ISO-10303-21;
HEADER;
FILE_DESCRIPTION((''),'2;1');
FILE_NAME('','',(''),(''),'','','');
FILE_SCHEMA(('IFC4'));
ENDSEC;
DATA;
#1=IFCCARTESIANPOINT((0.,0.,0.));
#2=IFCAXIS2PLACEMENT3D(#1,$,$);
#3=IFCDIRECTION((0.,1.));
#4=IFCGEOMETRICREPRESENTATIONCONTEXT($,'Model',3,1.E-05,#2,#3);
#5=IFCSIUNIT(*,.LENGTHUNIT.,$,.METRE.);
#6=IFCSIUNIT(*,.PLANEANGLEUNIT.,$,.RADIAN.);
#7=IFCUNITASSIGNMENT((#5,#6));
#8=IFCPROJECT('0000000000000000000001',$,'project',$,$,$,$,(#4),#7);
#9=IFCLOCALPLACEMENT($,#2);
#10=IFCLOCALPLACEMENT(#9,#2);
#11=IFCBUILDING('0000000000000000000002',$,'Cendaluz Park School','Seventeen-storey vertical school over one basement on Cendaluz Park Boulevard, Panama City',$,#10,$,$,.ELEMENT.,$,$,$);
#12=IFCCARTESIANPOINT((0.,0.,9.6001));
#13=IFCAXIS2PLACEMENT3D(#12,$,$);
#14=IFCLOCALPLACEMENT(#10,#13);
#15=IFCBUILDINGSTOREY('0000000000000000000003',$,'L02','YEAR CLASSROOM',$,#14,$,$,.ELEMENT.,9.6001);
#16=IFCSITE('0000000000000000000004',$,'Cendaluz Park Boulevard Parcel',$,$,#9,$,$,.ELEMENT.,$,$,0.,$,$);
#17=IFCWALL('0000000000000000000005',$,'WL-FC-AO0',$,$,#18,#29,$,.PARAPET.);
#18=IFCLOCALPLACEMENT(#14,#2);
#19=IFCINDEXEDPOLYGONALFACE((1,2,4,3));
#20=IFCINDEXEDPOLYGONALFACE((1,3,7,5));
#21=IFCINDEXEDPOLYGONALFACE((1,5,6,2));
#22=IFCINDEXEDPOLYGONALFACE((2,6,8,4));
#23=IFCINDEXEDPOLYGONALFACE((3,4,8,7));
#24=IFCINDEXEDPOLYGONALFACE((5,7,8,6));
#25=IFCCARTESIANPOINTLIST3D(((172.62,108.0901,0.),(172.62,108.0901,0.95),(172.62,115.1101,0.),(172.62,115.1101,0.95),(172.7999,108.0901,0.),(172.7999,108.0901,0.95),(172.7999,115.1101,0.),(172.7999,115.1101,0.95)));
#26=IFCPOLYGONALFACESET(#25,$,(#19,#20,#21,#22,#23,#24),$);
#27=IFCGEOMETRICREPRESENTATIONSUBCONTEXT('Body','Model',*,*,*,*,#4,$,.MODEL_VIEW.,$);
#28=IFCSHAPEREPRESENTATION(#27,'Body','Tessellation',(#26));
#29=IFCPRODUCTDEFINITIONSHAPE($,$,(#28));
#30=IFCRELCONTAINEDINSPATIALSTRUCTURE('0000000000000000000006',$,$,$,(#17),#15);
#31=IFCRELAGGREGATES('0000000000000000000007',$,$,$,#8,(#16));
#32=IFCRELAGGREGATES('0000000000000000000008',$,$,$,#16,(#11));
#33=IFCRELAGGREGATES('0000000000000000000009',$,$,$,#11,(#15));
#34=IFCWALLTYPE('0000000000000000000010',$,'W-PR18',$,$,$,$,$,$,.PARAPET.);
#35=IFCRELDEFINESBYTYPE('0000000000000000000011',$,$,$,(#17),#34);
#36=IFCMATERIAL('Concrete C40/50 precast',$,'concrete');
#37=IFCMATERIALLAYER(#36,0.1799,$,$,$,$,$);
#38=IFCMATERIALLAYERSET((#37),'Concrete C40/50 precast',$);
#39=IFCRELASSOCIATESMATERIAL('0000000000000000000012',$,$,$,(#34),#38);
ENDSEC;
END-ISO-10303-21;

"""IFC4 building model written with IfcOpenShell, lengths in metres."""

from ifc_helpers import new_model, si_unit, direction, frame, frame_2d, origin, place, context, subcontext, project, spatial, rectangle, extrude, material, layer, layer_set, type_object, element, save


model = new_model("IFC4")

# Units and contexts
model_context = context("Model", 3, precision=1e-05, world=origin(), true_north=direction((0.0, 1.0)))
body_context = subcontext(model_context, "Body", "Model", "MODEL_VIEW")
ifc_project = project(units=[si_unit("LENGTHUNIT", "METRE"), si_unit("PLANEANGLEUNIT", "RADIAN")], contexts=[model_context])

# Site, building, storey
site_placement = place(None, origin())
site = spatial("IfcSite", under=ifc_project, at=site_placement, Name="Cendaluz Park Boulevard Parcel", CompositionType="ELEMENT", RefElevation=0.0)
building_placement = place(site_placement, origin())
building = spatial("IfcBuilding", under=site, at=building_placement, Name="Cendaluz Park School", Description="Seventeen-storey vertical school over one basement on Cendaluz Park Boulevard, Panama City", CompositionType="ELEMENT")
storey_placement = place(building_placement, frame((0.0, 0.0, 9.6001)))
storey = spatial("IfcBuildingStorey", under=building, at=storey_placement, Name="L02", Description="YEAR CLASSROOM", CompositionType="ELEMENT", Elevation=9.6001)

# Wall
ifc_material = material(Name="Concrete C40/50 precast", Category="concrete")
ifc_layer = layer(ifc_material, 0.1799)
ifc_layer_set = layer_set([ifc_layer], Name="Concrete C40/50 precast")
wall_type = type_object("IfcWallType", Name="W-PR18", PredefinedType="PARAPET", material=ifc_layer_set)
for number, where, z_axis, x_axis, name in (
    (1, (172.71, 108.0901, 0.0), (0.0, 0.0, 1.0), (0.0, 1.0, 0.0), "WL-FC-AO0"),
):
    element("IfcWall", number, at=place(storey_placement, frame(where, z_axis=z_axis, x_axis=x_axis)), inside=storey, type_object=wall_type, Name=name, PredefinedType="PARAPET", context=body_context, shape_type="SweptSolid", body=[
        extrude(rectangle(XDim=7.02, YDim=0.1799, at=frame_2d((3.51, 0.0))), origin(), (0.0, 0.0, 1.0), 0.95),
    ])

save(model, "model.ifc")
